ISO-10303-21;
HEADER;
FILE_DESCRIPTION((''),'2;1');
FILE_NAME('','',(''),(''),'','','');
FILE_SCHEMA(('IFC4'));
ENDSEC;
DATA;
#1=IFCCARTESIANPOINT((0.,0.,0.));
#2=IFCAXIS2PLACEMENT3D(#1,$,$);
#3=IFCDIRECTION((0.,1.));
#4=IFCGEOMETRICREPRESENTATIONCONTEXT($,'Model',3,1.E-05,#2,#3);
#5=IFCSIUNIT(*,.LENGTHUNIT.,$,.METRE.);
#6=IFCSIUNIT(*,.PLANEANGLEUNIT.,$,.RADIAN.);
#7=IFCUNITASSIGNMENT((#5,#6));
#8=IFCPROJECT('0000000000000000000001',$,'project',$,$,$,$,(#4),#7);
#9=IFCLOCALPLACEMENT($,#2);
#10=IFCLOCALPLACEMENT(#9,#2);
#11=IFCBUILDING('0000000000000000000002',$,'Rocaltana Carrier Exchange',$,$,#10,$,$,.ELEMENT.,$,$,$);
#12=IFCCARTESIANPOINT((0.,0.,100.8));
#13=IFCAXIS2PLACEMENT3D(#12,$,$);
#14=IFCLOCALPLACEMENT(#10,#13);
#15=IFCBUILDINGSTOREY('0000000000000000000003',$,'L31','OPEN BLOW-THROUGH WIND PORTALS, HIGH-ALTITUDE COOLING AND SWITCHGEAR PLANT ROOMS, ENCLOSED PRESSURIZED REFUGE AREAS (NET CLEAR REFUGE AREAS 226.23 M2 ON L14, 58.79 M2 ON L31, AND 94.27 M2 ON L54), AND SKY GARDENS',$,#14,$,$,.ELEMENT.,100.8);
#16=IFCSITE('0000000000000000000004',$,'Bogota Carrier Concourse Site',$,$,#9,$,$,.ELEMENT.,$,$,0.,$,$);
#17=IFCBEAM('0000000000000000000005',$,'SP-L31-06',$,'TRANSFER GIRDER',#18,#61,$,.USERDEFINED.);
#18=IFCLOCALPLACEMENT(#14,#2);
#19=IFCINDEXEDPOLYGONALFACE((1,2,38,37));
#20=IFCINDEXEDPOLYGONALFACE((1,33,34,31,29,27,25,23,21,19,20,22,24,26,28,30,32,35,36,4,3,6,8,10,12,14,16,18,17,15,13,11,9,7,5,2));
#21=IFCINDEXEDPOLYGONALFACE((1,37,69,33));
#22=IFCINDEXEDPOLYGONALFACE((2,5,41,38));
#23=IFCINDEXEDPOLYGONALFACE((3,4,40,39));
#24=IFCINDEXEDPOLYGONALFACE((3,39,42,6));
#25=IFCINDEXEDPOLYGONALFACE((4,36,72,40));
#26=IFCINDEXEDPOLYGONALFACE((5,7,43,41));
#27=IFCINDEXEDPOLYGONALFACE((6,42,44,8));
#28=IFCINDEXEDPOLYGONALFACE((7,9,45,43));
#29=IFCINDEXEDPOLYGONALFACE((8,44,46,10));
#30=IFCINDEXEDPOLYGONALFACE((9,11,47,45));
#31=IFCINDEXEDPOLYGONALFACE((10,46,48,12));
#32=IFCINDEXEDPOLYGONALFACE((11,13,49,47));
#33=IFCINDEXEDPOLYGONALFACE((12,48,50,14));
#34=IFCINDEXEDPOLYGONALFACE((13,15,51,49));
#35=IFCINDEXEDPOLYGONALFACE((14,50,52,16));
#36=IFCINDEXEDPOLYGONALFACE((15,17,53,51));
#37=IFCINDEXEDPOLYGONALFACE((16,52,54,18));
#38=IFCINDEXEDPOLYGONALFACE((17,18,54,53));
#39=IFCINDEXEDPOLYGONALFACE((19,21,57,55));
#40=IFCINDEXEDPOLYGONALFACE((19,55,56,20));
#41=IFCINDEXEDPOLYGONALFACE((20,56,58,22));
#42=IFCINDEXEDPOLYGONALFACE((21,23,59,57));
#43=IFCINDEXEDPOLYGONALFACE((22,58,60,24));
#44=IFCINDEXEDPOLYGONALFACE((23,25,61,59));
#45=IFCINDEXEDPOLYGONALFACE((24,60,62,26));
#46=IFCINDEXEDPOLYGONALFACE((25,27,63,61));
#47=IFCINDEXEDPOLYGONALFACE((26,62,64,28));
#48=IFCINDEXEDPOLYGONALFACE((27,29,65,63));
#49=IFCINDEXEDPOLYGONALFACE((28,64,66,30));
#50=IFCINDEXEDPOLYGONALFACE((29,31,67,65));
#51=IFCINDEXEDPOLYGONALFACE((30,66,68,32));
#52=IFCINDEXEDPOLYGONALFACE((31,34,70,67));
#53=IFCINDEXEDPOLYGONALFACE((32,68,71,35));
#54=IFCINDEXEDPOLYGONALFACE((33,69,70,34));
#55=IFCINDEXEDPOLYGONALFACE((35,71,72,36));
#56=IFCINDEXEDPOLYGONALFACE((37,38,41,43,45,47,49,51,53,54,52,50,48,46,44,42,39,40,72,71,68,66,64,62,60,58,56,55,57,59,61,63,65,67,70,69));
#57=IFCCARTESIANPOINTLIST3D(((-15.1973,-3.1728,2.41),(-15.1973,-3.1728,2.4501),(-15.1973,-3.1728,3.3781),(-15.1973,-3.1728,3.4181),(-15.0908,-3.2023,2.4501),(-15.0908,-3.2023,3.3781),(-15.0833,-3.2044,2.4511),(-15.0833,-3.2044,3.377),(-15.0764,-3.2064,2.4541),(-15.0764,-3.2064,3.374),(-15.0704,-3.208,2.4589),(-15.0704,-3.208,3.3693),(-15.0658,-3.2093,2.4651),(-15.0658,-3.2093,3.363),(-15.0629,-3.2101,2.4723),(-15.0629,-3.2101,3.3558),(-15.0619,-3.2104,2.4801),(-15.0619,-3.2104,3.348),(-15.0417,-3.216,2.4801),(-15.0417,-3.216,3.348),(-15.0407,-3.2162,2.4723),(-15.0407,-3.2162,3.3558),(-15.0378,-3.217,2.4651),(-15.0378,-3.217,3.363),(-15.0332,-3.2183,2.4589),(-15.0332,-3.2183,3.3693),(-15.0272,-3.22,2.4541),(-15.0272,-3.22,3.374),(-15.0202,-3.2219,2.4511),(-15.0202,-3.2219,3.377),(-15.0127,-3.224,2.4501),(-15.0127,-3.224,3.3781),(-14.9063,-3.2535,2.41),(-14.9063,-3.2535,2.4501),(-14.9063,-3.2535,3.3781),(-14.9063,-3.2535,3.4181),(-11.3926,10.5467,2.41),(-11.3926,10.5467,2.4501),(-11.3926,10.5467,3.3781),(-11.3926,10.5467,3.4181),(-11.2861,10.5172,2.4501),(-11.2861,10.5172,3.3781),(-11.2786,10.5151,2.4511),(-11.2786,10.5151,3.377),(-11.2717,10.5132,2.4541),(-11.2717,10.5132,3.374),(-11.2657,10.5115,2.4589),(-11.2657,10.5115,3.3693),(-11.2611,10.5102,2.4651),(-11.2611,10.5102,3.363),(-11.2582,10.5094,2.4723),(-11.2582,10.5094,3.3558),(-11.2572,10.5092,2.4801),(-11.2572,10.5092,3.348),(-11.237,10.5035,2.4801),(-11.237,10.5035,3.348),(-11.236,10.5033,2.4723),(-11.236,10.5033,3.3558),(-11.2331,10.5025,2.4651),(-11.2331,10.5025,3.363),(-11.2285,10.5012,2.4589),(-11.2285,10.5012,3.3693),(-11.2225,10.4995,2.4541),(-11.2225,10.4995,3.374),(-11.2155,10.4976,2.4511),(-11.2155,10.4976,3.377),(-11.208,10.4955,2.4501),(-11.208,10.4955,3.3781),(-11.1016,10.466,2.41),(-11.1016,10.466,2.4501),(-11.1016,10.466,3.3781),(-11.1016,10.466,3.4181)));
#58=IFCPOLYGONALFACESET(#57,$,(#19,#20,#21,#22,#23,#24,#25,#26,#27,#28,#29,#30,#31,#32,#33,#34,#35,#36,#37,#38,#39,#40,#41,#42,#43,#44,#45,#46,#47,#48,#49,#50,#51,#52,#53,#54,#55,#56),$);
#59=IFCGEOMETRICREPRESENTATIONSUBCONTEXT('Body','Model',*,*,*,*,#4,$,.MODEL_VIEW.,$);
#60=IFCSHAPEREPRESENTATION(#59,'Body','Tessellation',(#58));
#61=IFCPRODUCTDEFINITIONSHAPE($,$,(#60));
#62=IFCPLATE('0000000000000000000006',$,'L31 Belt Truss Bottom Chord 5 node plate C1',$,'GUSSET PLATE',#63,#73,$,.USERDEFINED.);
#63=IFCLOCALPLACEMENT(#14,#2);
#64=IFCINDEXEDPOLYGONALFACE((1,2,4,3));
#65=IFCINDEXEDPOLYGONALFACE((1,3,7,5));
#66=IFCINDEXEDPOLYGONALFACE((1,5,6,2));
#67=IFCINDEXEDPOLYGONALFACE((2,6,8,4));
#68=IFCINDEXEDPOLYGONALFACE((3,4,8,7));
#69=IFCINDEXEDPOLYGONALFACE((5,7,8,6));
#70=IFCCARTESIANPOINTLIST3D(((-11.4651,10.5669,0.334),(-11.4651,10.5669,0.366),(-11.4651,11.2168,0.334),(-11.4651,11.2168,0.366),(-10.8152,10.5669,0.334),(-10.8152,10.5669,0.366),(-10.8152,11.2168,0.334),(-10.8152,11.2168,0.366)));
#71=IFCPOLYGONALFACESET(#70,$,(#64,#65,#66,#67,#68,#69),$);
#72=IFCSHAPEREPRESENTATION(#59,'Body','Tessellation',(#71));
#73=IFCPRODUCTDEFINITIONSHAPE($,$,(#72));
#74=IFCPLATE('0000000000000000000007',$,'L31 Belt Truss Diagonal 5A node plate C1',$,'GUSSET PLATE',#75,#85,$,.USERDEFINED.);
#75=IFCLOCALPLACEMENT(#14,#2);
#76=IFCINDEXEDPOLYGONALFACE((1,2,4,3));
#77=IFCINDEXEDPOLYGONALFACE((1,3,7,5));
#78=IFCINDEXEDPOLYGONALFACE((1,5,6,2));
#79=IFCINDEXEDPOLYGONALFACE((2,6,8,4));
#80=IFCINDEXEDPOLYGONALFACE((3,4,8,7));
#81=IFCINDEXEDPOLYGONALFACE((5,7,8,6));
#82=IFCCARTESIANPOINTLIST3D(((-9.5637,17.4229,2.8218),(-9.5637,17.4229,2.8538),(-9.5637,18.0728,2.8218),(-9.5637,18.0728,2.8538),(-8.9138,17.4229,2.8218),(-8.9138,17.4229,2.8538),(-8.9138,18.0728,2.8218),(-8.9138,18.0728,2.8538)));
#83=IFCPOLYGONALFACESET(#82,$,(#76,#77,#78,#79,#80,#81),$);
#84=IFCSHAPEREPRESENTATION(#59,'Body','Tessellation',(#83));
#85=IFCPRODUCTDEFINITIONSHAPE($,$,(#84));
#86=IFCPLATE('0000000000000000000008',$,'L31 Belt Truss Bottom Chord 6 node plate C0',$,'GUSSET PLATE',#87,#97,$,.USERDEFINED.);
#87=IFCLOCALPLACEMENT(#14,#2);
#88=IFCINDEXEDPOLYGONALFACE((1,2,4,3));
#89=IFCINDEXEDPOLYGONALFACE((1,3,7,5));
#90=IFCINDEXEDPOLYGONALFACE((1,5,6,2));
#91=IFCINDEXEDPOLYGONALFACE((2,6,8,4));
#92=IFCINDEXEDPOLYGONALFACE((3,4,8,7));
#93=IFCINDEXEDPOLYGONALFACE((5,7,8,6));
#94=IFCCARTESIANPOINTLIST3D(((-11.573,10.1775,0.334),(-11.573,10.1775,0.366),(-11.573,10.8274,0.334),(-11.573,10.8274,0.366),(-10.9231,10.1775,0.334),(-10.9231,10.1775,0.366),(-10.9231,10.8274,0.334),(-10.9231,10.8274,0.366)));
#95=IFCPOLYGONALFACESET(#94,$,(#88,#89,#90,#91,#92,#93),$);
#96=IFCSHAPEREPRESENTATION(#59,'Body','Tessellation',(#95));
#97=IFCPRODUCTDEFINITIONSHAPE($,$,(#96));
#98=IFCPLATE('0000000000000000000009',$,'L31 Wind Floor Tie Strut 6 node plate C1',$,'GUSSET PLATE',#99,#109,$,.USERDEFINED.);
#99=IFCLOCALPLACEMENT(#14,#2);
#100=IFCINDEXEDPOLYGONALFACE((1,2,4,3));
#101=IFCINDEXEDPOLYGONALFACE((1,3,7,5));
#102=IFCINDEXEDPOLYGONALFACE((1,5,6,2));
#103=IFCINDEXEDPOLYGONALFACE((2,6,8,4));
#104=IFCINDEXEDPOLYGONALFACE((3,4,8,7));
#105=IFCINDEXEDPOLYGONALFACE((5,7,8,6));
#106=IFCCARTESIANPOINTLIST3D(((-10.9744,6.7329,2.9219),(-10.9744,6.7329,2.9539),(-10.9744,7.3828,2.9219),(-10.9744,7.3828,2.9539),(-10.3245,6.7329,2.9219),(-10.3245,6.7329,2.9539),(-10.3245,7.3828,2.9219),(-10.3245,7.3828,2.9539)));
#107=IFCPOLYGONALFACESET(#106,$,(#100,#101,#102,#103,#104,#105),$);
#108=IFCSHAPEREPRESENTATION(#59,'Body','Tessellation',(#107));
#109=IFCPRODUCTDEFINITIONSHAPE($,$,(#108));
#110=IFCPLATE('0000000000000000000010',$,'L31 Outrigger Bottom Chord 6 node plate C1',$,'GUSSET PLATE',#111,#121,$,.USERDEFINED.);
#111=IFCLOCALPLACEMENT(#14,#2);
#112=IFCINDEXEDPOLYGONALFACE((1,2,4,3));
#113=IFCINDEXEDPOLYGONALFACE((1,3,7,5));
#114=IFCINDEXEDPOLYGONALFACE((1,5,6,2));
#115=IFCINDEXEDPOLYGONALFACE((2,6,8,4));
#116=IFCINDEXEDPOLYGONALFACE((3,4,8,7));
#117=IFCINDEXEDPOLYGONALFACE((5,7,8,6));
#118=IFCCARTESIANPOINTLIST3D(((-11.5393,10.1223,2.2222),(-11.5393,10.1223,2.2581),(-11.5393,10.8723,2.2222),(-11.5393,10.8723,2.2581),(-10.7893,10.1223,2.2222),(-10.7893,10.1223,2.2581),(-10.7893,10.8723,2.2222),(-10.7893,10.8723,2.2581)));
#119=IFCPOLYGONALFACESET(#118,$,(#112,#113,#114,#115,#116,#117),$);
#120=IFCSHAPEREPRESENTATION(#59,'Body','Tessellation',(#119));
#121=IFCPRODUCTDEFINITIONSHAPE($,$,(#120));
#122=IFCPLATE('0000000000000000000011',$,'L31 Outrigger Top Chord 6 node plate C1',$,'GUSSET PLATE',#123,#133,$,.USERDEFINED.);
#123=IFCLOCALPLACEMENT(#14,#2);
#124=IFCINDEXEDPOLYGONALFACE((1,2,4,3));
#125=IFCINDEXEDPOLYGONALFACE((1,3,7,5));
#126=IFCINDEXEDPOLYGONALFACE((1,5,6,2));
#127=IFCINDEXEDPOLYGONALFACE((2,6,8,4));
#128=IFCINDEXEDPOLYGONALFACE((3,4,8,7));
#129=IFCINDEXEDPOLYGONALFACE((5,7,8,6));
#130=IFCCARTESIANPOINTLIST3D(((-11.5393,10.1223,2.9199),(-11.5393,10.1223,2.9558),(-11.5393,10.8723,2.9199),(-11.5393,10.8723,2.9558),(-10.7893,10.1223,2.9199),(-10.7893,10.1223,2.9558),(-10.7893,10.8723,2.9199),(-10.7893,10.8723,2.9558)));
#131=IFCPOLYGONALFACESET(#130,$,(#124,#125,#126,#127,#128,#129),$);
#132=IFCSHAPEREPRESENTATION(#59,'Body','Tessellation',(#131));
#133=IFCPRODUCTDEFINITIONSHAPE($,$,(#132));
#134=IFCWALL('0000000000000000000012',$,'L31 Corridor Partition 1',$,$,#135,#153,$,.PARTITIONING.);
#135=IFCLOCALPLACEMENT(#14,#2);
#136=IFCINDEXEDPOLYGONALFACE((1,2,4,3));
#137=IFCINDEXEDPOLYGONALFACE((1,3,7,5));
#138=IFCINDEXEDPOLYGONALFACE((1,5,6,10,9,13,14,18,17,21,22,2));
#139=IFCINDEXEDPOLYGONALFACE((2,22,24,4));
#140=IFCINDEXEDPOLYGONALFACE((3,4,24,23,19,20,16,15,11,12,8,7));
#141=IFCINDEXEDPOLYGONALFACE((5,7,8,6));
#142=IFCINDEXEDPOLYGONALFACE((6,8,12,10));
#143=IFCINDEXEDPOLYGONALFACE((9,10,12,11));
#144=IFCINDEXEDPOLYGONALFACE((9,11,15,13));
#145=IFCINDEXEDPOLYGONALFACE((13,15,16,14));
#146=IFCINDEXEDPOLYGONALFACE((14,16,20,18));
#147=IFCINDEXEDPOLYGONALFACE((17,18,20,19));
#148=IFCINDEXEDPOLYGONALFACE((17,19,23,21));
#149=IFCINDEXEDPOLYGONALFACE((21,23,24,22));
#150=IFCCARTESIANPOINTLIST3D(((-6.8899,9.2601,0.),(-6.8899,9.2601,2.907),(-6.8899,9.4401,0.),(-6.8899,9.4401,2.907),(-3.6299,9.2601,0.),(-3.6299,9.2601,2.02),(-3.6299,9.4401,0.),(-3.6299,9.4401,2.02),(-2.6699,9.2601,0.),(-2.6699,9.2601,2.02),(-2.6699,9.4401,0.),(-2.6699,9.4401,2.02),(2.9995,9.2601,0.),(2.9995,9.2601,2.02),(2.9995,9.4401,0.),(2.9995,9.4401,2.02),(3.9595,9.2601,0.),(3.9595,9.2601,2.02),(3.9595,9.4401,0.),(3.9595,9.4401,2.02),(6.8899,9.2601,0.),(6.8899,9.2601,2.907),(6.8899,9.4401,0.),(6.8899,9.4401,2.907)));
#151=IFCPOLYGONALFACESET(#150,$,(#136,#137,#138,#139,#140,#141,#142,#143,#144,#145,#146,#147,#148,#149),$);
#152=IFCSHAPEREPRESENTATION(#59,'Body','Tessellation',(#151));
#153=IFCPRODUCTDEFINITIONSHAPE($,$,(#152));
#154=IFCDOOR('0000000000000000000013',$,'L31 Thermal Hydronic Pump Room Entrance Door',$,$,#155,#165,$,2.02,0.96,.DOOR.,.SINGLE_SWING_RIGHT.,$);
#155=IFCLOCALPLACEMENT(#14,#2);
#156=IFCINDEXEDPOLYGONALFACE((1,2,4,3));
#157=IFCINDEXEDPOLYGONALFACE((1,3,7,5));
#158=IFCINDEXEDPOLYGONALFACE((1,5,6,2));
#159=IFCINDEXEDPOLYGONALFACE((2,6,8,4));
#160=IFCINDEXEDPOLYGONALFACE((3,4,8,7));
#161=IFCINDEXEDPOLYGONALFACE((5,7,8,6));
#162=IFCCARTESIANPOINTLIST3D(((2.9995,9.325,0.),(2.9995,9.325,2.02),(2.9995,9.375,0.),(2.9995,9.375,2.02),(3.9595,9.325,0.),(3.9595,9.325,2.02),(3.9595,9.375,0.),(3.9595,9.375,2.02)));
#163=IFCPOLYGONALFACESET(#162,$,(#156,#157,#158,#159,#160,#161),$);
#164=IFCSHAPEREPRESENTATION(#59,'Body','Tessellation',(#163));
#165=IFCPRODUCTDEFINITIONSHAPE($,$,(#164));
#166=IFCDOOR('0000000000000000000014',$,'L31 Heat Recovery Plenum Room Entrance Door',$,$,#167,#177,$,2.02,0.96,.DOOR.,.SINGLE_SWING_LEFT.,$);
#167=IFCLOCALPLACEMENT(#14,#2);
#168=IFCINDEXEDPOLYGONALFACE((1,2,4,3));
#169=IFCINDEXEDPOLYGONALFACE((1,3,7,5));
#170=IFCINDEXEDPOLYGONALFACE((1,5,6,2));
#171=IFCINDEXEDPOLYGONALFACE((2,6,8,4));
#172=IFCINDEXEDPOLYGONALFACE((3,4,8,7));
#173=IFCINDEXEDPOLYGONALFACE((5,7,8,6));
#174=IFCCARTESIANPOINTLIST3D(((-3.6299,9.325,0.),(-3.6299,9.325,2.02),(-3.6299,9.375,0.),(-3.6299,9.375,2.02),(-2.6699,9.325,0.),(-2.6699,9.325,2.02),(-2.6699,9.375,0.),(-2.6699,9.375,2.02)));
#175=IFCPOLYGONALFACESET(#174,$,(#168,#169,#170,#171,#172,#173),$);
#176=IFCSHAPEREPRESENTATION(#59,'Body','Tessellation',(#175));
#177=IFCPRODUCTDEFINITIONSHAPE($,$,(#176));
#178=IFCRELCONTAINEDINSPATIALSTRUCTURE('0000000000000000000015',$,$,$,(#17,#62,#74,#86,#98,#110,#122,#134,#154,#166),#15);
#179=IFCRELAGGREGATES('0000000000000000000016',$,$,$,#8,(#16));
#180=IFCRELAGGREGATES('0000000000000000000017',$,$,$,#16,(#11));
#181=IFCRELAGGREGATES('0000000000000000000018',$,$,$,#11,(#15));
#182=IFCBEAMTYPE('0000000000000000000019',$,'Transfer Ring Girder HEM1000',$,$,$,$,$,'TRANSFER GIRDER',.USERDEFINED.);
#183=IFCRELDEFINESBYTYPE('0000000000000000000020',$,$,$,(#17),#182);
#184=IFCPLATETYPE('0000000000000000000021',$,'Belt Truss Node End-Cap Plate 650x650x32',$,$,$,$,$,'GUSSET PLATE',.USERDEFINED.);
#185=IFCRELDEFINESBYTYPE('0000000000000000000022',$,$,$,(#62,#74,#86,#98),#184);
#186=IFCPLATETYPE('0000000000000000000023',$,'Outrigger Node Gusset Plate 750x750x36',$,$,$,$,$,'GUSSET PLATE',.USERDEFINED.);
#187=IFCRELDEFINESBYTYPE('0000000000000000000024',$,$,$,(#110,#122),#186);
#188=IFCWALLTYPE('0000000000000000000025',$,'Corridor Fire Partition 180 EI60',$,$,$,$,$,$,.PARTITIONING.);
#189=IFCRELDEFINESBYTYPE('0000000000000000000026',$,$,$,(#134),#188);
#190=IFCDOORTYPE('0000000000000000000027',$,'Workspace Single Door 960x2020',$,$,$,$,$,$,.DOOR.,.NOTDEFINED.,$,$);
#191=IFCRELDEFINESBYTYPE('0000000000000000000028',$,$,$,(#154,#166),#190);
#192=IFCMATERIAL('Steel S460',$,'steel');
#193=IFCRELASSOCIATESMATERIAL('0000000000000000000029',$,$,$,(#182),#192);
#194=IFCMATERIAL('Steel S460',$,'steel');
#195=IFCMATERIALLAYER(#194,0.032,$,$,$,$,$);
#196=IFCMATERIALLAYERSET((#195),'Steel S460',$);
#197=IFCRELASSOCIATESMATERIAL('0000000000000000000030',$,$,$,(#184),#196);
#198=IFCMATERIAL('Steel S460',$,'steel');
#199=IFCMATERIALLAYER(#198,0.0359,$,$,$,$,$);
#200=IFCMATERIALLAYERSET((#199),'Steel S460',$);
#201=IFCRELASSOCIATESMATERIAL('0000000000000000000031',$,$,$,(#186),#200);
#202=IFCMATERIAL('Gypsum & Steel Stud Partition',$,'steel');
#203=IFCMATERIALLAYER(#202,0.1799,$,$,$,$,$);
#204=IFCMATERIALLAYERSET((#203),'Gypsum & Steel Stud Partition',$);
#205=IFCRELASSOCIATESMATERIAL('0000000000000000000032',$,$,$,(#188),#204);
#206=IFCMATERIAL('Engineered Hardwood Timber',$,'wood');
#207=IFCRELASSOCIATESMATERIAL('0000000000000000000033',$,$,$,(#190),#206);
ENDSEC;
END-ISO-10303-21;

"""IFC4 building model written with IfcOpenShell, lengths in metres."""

from ifc_helpers import new_model, si_unit, direction, frame, frame_2d, origin, origin_2d, place, context, subcontext, project, spatial, rectangle, i_section, extrude, material, layer, layer_set, material_profile, profile_set, type_object, element, fill, save


model = new_model("IFC4")

# Units and contexts
model_context = context("Model", 3, precision=1e-05, world=origin(), true_north=direction((0.0, 1.0)))
body_context = subcontext(model_context, "Body", "Model", "MODEL_VIEW")
ifc_project = project(units=[si_unit("LENGTHUNIT", "METRE"), si_unit("PLANEANGLEUNIT", "RADIAN")], contexts=[model_context])

# Site, building, storey
site_placement = place(None, origin())
site = spatial("IfcSite", under=ifc_project, at=site_placement, Name="Bogota Carrier Concourse Site", CompositionType="ELEMENT", RefElevation=0.0)
building_placement = place(site_placement, origin())
building = spatial("IfcBuilding", under=site, at=building_placement, Name="Rocaltana Carrier Exchange", CompositionType="ELEMENT")
storey_placement = place(building_placement, frame((0.0, 0.0, 100.8)))
storey = spatial("IfcBuildingStorey", under=building, at=storey_placement, Name="L31", Description="OPEN BLOW-THROUGH WIND PORTALS, HIGH-ALTITUDE COOLING AND SWITCHGEAR PLANT ROOMS, ENCLOSED PRESSURIZED REFUGE AREAS (NET CLEAR REFUGE AREAS 226.23 M2 ON L14, 58.79 M2 ON L31, AND 94.27 M2 ON L54), AND SKY GARDENS", CompositionType="ELEMENT", Elevation=100.8)

# Beam
ifc_material_1 = material(Name="Steel S460", Category="steel")
ifc_material_profile_1 = material_profile(ifc_material_1, i_section(OverallWidth=0.302, OverallDepth=1.0081, WebThickness=0.021, FlangeThickness=0.04, FilletRadius=0.03, at=origin_2d()), Name="HEM1000")
ifc_profile_set_1 = profile_set([ifc_material_profile_1], Name="Steel S460")
beam_type_1 = type_object("IfcBeamType", Name="Transfer Ring Girder HEM1000", ElementType="TRANSFER GIRDER", PredefinedType="USERDEFINED", material=ifc_profile_set_1)
beam_1_placement = place(storey_placement, frame((-11.2471, 10.5063, 2.9141), z_axis=(-0.267234, -0.963632, 0.0), x_axis=(0.963632, -0.267234, 0.0)))
element("IfcBeam", 1, at=beam_1_placement, inside=storey, type_object=beam_type_1, Name="SP-L31-06", ObjectType="TRANSFER GIRDER", PredefinedType="USERDEFINED", context=body_context, shape_type="SweptSolid", body=[
    extrude(i_section(OverallWidth=0.302, OverallDepth=1.0081, WebThickness=0.021, FlangeThickness=0.04, FilletRadius=0.03, at=origin_2d()), origin(), (0.0, 0.0, 1.0), 14.2373),
])

# Plates
ifc_material_2 = material(Name="Steel S460", Category="steel")
ifc_layer_1 = layer(ifc_material_2, 0.032)
ifc_layer_set_1 = layer_set([ifc_layer_1], Name="Steel S460")
plate_type_1 = type_object("IfcPlateType", Name="Belt Truss Node End-Cap Plate 650x650x32", ElementType="GUSSET PLATE", PredefinedType="USERDEFINED", material=ifc_layer_set_1)
for number, where, z_axis, x_axis, name in (
    (2, (-11.1401, 10.8918, 0.334), (0.0, 0.0, 1.0), (1.0, 0.0, 0.0), "L31 Belt Truss Bottom Chord 5 node plate C1"),
    (3, (-9.2388, 17.7478, 2.8218), (0.0, 0.0, 1.0), (1.0, 0.0, 0.0), "L31 Belt Truss Diagonal 5A node plate C1"),
    (4, (-11.248, 10.5024, 0.334), (0.0, 0.0, 1.0), (1.0, 0.0, 0.0), "L31 Belt Truss Bottom Chord 6 node plate C0"),
    (5, (-10.6494, 7.0579, 2.9219), (0.0, 0.0, 1.0), (1.0, 0.0, 0.0), "L31 Wind Floor Tie Strut 6 node plate C1"),
):
    element("IfcPlate", number, at=place(storey_placement, frame(where, z_axis=z_axis, x_axis=x_axis)), inside=storey, type_object=plate_type_1, Name=name, ObjectType="GUSSET PLATE", PredefinedType="USERDEFINED", context=body_context, shape_type="SweptSolid", body=[
        extrude(rectangle(XDim=0.6499, YDim=0.6499, at=origin_2d()), origin(), (0.0, 0.0, 1.0), 0.032),
    ])
ifc_material_3 = material(Name="Steel S460", Category="steel")
ifc_layer_2 = layer(ifc_material_3, 0.0359)
ifc_layer_set_2 = layer_set([ifc_layer_2], Name="Steel S460")
plate_type_2 = type_object("IfcPlateType", Name="Outrigger Node Gusset Plate 750x750x36", ElementType="GUSSET PLATE", PredefinedType="USERDEFINED", material=ifc_layer_set_2)
for number, where, z_axis, x_axis, name in (
    (6, (-11.1643, 10.4973, 2.2222), (0.0, 0.0, 1.0), (1.0, 0.0, 0.0), "L31 Outrigger Bottom Chord 6 node plate C1"),
    (7, (-11.1643, 10.4973, 2.9199), (0.0, 0.0, 1.0), (1.0, 0.0, 0.0), "L31 Outrigger Top Chord 6 node plate C1"),
):
    element("IfcPlate", number, at=place(storey_placement, frame(where, z_axis=z_axis, x_axis=x_axis)), inside=storey, type_object=plate_type_2, Name=name, ObjectType="GUSSET PLATE", PredefinedType="USERDEFINED", context=body_context, shape_type="SweptSolid", body=[
        extrude(rectangle(XDim=0.75, YDim=0.75, at=origin_2d()), origin(), (0.0, 0.0, 1.0), 0.0359),
    ])

# Wall, openings, doors
ifc_material_4 = material(Name="Gypsum & Steel Stud Partition", Category="steel")
ifc_layer_3 = layer(ifc_material_4, 0.1799)
ifc_layer_set_3 = layer_set([ifc_layer_3], Name="Gypsum & Steel Stud Partition")
wall_type_1 = type_object("IfcWallType", Name="Corridor Fire Partition 180 EI60", PredefinedType="PARTITIONING", material=ifc_layer_set_3)
wall_1_placement = place(storey_placement, frame((-6.8899, 9.3501, 0.0), z_axis=(0.0, 0.0, 1.0), x_axis=(1.0, 0.0, 0.0)))
wall_1 = element("IfcWall", 8, at=wall_1_placement, inside=storey, type_object=wall_type_1, Name="L31 Corridor Partition 1", PredefinedType="PARTITIONING", context=body_context, shape_type="SweptSolid", body=[
    extrude(rectangle(XDim=13.7798, YDim=0.1799, at=frame_2d((6.8899, 0.0))), origin(), (0.0, 0.0, 1.0), 2.907),
])
opening_1_placement = place(wall_1_placement, frame((9.8894, 0.0, 0.0)))
opening_1 = element("IfcOpeningElement", 9, at=opening_1_placement, cuts=wall_1, PredefinedType="OPENING", context=body_context, shape_type="SweptSolid", body=[
    extrude(rectangle(XDim=0.96, YDim=2.02, at=frame_2d((0.48, 1.01))), frame((0.0, 0.0999, 0.0), z_axis=(0.0, -1.0, 0.0), x_axis=(1.0, 0.0, 0.0)), (0.0, 0.0, 1.0), 0.2),
])
opening_2_placement = place(wall_1_placement, frame((3.26, 0.0, 0.0)))
opening_2 = element("IfcOpeningElement", 10, at=opening_2_placement, cuts=wall_1, PredefinedType="OPENING", context=body_context, shape_type="SweptSolid", body=[
    extrude(rectangle(XDim=0.96, YDim=2.02, at=frame_2d((0.48, 1.01))), frame((0.0, 0.0999, 0.0), z_axis=(0.0, -1.0, 0.0), x_axis=(1.0, 0.0, 0.0)), (0.0, 0.0, 1.0), 0.2),
])
ifc_material_5 = material(Name="Engineered Hardwood Timber", Category="wood")
door_type_1 = type_object("IfcDoorType", Name="Workspace Single Door 960x2020", OperationType="NOTDEFINED", PredefinedType="DOOR", material=ifc_material_5)
door_1_placement = place(opening_1_placement, origin())
door_1 = element("IfcDoor", 11, at=door_1_placement, inside=storey, type_object=door_type_1, Name="L31 Thermal Hydronic Pump Room Entrance Door", OperationType="SINGLE_SWING_RIGHT", OverallHeight=2.02, OverallWidth=0.96, PredefinedType="DOOR", context=body_context, shape_type="SweptSolid", body=[
    extrude(rectangle(XDim=0.96, YDim=2.02, at=frame_2d((0.48, 1.01))), frame((0.0, 0.0249, 0.0), z_axis=(0.0, -1.0, 0.0), x_axis=(1.0, 0.0, 0.0)), (0.0, 0.0, 1.0), 0.05),
])
fill(opening_1, door_1)
door_2_placement = place(opening_2_placement, origin())
door_2 = element("IfcDoor", 12, at=door_2_placement, inside=storey, type_object=door_type_1, Name="L31 Heat Recovery Plenum Room Entrance Door", OperationType="SINGLE_SWING_LEFT", OverallHeight=2.02, OverallWidth=0.96, PredefinedType="DOOR", context=body_context, shape_type="SweptSolid", body=[
    extrude(rectangle(XDim=0.96, YDim=2.02, at=frame_2d((0.48, 1.01))), frame((0.0, 0.0249, 0.0), z_axis=(0.0, -1.0, 0.0), x_axis=(1.0, 0.0, 0.0)), (0.0, 0.0, 1.0), 0.05),
])
fill(opening_2, door_2)

save(model, "model.ifc")
